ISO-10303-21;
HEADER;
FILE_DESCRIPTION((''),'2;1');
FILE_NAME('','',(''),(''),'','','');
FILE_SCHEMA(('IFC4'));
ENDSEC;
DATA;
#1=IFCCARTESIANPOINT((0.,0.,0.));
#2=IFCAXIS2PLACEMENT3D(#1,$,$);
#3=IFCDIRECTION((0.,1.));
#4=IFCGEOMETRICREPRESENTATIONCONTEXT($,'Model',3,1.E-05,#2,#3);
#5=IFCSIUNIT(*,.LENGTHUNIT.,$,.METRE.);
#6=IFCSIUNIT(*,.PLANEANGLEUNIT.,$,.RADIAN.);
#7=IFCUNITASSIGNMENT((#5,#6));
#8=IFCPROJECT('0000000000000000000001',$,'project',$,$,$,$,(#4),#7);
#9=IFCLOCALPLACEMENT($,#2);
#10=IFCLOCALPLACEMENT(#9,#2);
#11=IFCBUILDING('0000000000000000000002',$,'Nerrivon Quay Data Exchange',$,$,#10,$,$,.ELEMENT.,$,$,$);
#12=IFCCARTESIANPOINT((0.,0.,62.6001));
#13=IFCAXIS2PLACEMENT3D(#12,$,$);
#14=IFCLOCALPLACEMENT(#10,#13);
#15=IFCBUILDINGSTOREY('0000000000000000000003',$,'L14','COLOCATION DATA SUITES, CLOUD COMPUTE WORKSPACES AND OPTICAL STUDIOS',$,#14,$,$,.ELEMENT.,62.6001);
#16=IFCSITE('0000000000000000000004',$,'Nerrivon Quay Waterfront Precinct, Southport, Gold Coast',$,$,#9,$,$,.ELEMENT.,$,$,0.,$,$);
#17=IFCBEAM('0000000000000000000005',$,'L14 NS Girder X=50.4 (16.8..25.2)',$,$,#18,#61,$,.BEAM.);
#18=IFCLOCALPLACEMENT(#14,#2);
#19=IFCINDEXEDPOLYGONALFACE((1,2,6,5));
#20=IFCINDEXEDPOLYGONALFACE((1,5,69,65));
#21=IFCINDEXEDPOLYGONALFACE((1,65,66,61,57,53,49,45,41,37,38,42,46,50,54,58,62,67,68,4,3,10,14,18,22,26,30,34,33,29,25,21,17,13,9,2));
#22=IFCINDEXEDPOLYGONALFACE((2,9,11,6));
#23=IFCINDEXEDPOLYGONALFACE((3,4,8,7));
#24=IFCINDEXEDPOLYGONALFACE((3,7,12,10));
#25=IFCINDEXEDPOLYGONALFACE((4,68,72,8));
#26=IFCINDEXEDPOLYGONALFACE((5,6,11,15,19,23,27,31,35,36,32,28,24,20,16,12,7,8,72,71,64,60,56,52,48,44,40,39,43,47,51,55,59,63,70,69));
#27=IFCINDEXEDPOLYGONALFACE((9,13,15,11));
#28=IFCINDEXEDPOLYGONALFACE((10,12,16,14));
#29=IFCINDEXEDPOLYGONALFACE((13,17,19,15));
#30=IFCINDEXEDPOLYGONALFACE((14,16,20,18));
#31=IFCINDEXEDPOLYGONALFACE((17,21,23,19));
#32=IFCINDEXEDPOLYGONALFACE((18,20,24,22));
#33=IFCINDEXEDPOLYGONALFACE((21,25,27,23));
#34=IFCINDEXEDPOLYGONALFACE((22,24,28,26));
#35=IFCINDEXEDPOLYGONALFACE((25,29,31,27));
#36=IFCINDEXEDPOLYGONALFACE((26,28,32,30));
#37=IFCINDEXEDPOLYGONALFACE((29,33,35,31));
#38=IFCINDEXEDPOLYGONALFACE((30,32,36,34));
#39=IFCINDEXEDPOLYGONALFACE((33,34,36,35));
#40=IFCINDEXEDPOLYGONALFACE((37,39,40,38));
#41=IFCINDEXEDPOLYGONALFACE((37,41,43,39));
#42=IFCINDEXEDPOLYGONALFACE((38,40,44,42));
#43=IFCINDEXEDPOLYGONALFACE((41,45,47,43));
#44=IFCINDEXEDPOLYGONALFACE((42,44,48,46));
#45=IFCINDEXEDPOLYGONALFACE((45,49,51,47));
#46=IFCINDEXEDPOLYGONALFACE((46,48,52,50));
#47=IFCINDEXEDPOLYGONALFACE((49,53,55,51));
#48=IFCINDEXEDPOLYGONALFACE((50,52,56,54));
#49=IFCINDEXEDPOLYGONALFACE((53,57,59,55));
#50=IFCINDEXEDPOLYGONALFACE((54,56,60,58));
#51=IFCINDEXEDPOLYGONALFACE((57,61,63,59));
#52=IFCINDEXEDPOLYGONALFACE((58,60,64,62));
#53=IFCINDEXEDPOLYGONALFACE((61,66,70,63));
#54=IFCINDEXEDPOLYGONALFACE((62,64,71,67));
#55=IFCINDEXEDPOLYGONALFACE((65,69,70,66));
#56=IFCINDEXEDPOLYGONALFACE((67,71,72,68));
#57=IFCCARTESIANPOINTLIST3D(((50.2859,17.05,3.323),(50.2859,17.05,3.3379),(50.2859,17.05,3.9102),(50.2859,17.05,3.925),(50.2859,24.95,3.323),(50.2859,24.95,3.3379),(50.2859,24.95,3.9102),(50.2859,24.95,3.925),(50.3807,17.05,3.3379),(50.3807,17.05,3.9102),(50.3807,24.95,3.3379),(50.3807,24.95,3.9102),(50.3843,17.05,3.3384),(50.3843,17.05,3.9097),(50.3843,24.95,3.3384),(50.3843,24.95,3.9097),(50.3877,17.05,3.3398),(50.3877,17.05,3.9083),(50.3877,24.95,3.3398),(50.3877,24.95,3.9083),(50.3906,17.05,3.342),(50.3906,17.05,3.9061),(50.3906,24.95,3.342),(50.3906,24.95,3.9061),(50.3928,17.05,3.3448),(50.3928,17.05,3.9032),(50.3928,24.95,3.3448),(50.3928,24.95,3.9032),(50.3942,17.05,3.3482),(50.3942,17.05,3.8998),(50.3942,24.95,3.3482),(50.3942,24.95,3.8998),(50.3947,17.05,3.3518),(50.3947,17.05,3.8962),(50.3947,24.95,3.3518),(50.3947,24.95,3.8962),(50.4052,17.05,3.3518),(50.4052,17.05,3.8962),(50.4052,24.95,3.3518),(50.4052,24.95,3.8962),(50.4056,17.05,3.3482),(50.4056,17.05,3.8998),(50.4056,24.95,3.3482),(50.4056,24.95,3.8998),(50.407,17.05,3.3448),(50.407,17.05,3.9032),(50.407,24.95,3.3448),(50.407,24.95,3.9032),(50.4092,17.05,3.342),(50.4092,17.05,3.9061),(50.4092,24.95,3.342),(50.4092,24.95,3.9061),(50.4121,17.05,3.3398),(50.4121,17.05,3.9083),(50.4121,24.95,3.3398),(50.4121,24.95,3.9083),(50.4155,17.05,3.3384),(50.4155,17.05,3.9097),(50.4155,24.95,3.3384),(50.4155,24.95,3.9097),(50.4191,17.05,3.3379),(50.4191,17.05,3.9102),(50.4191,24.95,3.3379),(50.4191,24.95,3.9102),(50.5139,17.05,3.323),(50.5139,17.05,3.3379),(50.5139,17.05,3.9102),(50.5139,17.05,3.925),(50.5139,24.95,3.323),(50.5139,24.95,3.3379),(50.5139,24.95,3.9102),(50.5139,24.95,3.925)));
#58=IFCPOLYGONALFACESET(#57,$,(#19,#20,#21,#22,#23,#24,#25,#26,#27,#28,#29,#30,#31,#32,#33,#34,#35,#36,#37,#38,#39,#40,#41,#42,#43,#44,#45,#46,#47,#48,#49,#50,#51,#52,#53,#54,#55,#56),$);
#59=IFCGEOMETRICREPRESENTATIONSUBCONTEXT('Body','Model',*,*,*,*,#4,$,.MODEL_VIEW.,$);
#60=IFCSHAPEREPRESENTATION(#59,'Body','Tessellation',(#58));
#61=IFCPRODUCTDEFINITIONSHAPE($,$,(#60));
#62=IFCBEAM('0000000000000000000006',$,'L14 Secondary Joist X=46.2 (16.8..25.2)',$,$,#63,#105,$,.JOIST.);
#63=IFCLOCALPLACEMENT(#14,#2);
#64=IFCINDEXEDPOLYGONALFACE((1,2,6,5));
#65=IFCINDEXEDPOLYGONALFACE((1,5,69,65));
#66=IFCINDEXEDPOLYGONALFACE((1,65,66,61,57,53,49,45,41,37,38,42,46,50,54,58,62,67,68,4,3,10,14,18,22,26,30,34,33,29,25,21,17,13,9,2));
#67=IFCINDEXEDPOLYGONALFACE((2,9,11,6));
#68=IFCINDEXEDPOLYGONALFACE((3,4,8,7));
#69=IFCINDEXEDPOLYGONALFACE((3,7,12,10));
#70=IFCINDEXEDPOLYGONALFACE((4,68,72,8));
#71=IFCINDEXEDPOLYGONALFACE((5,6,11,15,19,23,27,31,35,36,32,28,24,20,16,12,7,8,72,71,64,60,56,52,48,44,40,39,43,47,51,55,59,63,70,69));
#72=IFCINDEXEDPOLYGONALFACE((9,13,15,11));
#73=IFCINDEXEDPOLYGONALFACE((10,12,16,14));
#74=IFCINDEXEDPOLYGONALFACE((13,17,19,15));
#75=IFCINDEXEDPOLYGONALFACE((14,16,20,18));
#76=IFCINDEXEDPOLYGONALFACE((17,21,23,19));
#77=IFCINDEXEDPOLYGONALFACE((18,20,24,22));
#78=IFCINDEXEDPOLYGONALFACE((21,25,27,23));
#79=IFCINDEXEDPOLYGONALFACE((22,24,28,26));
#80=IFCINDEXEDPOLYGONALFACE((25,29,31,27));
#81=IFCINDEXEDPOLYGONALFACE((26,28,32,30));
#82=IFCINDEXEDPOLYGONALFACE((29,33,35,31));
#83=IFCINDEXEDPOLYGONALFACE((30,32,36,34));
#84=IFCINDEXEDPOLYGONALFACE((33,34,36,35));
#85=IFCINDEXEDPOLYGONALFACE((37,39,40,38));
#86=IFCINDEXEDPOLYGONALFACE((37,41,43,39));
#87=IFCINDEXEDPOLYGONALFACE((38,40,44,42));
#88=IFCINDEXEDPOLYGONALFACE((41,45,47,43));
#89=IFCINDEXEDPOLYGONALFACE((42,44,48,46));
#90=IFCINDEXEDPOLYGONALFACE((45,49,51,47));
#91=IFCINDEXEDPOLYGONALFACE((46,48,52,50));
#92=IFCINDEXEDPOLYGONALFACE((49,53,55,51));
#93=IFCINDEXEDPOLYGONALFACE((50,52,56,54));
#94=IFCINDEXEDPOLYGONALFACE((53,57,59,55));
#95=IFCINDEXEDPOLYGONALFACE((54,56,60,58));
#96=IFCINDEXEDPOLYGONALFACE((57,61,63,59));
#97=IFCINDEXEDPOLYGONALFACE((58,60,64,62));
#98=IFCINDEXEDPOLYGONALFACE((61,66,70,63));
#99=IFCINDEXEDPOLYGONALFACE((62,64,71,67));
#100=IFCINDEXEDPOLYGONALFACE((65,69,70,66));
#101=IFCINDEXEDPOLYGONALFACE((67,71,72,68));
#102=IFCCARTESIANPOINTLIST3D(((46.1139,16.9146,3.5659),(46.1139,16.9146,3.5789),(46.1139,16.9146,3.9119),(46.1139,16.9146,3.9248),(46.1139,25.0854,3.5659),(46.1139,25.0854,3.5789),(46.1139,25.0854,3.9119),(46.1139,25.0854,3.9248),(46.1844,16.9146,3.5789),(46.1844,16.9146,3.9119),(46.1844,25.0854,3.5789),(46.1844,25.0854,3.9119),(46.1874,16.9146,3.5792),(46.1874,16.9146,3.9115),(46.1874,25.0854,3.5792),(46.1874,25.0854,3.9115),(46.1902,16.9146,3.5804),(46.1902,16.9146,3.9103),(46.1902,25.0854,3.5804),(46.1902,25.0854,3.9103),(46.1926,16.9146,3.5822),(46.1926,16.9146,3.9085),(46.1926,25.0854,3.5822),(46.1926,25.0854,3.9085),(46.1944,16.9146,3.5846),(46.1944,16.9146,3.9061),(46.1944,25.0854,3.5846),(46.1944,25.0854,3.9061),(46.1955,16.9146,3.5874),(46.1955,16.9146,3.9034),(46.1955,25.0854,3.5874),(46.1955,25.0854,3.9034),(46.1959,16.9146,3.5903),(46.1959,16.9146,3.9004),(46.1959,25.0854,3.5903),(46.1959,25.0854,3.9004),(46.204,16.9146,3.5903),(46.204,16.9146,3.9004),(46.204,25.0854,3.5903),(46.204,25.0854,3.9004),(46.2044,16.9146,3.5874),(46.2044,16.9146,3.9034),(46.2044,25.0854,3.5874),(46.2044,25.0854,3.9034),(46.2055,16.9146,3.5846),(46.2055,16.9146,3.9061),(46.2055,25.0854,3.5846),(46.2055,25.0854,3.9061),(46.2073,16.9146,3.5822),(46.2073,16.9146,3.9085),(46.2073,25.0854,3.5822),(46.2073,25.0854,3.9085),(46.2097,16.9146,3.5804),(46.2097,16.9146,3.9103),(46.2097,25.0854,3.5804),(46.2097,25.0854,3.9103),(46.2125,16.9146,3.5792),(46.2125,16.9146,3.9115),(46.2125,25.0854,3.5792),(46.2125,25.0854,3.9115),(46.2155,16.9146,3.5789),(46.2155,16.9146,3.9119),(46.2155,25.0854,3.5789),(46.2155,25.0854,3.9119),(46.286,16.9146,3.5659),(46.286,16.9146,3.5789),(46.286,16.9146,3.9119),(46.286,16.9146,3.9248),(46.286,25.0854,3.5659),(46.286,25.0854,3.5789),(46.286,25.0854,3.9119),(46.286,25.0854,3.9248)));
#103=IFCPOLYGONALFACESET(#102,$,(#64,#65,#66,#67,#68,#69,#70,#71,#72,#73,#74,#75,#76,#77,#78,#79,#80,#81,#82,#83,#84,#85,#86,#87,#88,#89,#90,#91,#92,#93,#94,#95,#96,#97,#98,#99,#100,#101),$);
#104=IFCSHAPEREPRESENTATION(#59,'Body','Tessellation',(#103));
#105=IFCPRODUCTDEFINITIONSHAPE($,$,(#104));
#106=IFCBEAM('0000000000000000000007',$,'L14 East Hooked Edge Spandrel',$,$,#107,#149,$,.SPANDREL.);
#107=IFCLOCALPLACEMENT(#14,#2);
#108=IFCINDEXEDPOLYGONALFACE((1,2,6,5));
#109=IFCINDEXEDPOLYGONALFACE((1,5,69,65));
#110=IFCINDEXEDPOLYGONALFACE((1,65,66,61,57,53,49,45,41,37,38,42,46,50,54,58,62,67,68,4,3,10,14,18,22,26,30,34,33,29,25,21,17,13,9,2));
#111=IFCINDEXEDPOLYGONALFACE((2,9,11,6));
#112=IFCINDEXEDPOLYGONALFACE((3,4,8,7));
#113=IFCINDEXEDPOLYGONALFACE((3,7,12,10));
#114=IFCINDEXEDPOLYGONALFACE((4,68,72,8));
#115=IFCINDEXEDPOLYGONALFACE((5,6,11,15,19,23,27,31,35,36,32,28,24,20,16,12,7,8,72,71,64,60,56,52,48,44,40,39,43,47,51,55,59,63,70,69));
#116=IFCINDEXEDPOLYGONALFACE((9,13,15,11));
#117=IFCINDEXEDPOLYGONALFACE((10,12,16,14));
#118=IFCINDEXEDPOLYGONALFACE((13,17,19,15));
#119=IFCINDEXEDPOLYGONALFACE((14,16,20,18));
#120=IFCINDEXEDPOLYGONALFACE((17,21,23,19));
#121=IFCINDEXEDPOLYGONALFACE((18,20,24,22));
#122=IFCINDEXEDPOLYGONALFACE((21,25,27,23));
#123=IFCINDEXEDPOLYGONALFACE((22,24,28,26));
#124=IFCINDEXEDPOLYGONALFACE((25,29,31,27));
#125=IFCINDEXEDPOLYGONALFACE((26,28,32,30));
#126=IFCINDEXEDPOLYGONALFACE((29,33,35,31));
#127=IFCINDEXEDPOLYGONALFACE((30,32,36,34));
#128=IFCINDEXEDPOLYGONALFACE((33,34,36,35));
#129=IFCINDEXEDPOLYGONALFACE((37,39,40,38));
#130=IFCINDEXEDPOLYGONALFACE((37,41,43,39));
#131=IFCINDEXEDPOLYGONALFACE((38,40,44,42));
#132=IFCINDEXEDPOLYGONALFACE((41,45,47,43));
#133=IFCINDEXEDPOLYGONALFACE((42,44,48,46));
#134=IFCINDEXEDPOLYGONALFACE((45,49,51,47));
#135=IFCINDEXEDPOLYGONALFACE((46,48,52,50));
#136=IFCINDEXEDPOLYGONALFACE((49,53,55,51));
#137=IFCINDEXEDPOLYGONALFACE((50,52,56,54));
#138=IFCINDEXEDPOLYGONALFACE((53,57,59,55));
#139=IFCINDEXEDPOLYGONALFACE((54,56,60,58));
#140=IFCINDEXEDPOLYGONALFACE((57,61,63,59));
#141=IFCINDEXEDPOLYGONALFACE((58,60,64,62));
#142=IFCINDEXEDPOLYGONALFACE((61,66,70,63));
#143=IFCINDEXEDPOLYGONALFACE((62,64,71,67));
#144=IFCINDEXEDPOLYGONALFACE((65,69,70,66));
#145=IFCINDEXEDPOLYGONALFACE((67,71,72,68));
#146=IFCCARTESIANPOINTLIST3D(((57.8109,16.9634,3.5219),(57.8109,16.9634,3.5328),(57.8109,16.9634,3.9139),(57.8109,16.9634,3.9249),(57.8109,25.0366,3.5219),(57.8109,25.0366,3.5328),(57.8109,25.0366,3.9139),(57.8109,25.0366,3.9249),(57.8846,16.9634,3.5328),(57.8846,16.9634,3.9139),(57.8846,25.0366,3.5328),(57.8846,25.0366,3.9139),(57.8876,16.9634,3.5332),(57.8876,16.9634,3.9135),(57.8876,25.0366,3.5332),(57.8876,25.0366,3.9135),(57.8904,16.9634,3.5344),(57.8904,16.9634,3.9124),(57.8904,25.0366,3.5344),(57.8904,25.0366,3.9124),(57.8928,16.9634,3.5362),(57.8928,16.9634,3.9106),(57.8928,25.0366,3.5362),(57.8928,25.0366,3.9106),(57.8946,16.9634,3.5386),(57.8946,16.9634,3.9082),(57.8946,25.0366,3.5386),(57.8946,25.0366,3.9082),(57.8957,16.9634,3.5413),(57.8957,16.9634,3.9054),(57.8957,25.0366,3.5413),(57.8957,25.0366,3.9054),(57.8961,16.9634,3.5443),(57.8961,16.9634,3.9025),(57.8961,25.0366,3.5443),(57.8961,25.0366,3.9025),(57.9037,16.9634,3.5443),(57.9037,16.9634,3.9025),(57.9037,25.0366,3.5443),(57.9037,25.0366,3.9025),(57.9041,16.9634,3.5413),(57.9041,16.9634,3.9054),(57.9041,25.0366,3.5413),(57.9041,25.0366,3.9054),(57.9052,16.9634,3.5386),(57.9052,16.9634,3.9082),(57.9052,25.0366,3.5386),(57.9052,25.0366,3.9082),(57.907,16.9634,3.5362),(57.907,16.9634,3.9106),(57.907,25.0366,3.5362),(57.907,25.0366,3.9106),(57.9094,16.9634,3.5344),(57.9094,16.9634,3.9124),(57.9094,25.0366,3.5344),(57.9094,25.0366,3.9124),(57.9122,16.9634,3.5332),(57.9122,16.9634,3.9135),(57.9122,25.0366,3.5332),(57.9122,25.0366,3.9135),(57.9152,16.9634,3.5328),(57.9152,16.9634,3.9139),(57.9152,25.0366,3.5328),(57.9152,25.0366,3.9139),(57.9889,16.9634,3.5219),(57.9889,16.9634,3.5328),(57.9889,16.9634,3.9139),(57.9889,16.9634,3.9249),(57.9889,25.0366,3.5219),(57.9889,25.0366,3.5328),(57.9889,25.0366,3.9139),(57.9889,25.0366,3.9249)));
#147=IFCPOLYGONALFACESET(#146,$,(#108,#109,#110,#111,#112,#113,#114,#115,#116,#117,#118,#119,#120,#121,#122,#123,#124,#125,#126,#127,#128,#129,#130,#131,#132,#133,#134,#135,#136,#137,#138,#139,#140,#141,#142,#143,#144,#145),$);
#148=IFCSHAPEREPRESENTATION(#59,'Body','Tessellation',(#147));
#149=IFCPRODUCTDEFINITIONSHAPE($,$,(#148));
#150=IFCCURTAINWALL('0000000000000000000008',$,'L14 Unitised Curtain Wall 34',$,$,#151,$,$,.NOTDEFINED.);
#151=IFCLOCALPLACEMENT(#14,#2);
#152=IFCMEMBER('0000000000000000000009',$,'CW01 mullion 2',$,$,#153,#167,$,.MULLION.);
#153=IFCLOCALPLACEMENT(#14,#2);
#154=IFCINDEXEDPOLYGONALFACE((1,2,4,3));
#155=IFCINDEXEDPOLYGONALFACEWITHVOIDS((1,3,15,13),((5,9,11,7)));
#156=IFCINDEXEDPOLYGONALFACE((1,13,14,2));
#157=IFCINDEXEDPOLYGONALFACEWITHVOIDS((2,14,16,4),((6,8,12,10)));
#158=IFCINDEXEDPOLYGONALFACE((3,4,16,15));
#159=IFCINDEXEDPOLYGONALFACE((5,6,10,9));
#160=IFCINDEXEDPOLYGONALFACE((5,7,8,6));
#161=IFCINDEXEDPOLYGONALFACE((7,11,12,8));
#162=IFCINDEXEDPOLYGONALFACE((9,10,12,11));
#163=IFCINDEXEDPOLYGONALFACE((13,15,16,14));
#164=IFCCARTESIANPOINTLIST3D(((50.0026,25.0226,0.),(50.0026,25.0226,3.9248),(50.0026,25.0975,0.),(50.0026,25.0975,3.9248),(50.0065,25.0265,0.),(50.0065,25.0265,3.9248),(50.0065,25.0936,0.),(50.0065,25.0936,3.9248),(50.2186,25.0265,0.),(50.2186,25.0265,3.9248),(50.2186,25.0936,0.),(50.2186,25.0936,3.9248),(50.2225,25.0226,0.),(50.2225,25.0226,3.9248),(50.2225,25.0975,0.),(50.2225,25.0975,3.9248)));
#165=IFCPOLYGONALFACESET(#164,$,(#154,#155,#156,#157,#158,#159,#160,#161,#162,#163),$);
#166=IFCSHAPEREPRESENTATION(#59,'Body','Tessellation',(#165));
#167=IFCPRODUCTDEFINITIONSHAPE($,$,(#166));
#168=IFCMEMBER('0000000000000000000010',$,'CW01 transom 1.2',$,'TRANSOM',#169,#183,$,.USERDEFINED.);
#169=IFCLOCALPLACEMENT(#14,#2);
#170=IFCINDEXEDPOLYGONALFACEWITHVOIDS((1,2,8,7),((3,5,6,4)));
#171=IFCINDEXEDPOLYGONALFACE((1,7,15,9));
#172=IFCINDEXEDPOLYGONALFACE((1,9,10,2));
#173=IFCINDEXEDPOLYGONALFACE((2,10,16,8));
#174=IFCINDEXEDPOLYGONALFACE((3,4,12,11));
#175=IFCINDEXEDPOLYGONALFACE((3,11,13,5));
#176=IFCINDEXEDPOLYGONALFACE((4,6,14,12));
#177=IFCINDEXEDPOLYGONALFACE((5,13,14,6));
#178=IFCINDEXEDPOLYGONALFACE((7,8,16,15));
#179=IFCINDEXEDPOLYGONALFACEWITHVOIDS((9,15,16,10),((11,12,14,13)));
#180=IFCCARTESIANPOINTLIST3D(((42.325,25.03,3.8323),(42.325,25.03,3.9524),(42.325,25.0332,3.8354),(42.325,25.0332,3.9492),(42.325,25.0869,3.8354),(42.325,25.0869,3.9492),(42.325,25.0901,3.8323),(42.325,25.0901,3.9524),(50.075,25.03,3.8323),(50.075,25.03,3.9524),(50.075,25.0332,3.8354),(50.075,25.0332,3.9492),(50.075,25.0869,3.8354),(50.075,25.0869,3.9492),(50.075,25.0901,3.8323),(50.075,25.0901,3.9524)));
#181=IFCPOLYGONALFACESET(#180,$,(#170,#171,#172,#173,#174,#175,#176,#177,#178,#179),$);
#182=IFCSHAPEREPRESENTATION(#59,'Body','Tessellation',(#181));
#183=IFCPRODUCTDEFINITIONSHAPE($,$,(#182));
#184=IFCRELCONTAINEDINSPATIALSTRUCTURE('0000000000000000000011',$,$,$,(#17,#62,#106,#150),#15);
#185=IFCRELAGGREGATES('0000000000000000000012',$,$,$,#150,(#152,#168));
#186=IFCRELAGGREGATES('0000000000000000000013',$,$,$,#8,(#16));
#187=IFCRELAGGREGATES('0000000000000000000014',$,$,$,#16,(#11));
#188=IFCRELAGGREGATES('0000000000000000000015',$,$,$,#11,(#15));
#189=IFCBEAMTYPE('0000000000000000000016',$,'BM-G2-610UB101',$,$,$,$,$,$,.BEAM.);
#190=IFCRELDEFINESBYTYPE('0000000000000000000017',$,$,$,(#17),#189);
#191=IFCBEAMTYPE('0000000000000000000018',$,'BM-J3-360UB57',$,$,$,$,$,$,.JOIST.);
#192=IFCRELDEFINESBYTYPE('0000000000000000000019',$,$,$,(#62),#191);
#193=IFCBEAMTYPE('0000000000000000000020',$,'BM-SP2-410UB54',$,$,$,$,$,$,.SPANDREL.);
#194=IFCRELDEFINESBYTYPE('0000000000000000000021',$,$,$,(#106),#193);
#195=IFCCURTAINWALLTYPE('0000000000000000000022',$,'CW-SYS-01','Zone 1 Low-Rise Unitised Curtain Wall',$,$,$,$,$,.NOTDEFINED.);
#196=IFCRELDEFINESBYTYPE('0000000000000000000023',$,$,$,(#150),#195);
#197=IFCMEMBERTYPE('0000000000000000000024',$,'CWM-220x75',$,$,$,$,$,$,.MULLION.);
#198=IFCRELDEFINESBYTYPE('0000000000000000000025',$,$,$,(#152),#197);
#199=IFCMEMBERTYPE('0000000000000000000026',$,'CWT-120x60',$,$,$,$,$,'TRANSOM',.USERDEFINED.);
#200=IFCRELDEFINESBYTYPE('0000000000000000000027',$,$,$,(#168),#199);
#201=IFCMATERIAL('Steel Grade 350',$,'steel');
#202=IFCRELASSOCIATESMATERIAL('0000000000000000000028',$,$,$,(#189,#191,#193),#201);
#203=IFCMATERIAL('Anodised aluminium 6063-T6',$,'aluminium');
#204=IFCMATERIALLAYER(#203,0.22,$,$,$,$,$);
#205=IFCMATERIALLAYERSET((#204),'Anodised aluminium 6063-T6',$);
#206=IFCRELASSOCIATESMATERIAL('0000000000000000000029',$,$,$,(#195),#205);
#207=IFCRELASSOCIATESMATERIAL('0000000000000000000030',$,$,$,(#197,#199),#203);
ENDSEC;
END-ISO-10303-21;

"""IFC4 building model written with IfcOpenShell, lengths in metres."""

from ifc_helpers import new_model, si_unit, direction, frame, origin, origin_2d, place, context, subcontext, project, spatial, hollow_rectangle, i_section, extrude, material, layer, layer_set, material_profile, profile_set, type_object, element, aggregate, save


model = new_model("IFC4")

# Units and contexts
model_context = context("Model", 3, precision=1e-05, world=origin(), true_north=direction((0.0, 1.0)))
body_context = subcontext(model_context, "Body", "Model", "MODEL_VIEW")
ifc_project = project(units=[si_unit("LENGTHUNIT", "METRE"), si_unit("PLANEANGLEUNIT", "RADIAN")], contexts=[model_context])

# Site, building, storey
site_placement = place(None, origin())
site = spatial("IfcSite", under=ifc_project, at=site_placement, Name="Nerrivon Quay Waterfront Precinct, Southport, Gold Coast", CompositionType="ELEMENT", RefElevation=0.0)
building_placement = place(site_placement, origin())
building = spatial("IfcBuilding", under=site, at=building_placement, Name="Nerrivon Quay Data Exchange", CompositionType="ELEMENT")
storey_placement = place(building_placement, frame((0.0, 0.0, 62.6001)))
storey = spatial("IfcBuildingStorey", under=building, at=storey_placement, Name="L14", Description="COLOCATION DATA SUITES, CLOUD COMPUTE WORKSPACES AND OPTICAL STUDIOS", CompositionType="ELEMENT", Elevation=62.6001)

# Shared definitions
ifc_material_1 = material(Name="Steel Grade 350", Category="steel")

# Beams
ifc_material_profile_1 = material_profile(ifc_material_1, i_section(OverallWidth=0.228, OverallDepth=0.6021, WebThickness=0.0105, FlangeThickness=0.0149, FilletRadius=0.0139, at=origin_2d()), Name="610UB101")
ifc_profile_set_1 = profile_set([ifc_material_profile_1], Name="Steel Grade 350")
beam_type_1 = type_object("IfcBeamType", Name="BM-G2-610UB101", PredefinedType="BEAM", material=ifc_profile_set_1)
beam_1_placement = place(storey_placement, frame((50.3999, 17.05, 3.624), z_axis=(0.0, 1.0, 0.0), x_axis=(-1.0, 0.0, 0.0)))
element("IfcBeam", 1, at=beam_1_placement, inside=storey, type_object=beam_type_1, Name="L14 NS Girder X=50.4 (16.8..25.2)", PredefinedType="BEAM", context=body_context, shape_type="SweptSolid", body=[
    extrude(i_section(OverallWidth=0.228, OverallDepth=0.6021, WebThickness=0.0105, FlangeThickness=0.0149, FilletRadius=0.0139, at=origin_2d()), origin(), (0.0, 0.0, 1.0), 7.8999),
])
ifc_material_profile_2 = material_profile(ifc_material_1, i_section(OverallWidth=0.1721, OverallDepth=0.3589, WebThickness=0.0081, FlangeThickness=0.0129, FilletRadius=0.0115, at=origin_2d()), Name="360UB56.7")
ifc_profile_set_2 = profile_set([ifc_material_profile_2], Name="Steel Grade 350")
beam_type_2 = type_object("IfcBeamType", Name="BM-J3-360UB57", PredefinedType="JOIST", material=ifc_profile_set_2)
beam_2_placement = place(storey_placement, frame((46.2, 16.9146, 3.7454), z_axis=(0.0, 1.0, 0.0), x_axis=(-1.0, 0.0, 0.0)))
element("IfcBeam", 2, at=beam_2_placement, inside=storey, type_object=beam_type_2, Name="L14 Secondary Joist X=46.2 (16.8..25.2)", PredefinedType="JOIST", context=body_context, shape_type="SweptSolid", body=[
    extrude(i_section(OverallWidth=0.1721, OverallDepth=0.3589, WebThickness=0.0081, FlangeThickness=0.0129, FilletRadius=0.0115, at=origin_2d()), origin(), (0.0, 0.0, 1.0), 8.1709),
])
ifc_material_profile_3 = material_profile(ifc_material_1, i_section(OverallWidth=0.178, OverallDepth=0.4031, WebThickness=0.0076, FlangeThickness=0.011, FilletRadius=0.0115, at=origin_2d()), Name="410UB53.7")
ifc_profile_set_3 = profile_set([ifc_material_profile_3], Name="Steel Grade 350")
beam_type_3 = type_object("IfcBeamType", Name="BM-SP2-410UB54", PredefinedType="SPANDREL", material=ifc_profile_set_3)
beam_3_placement = place(storey_placement, frame((57.8999, 16.9634, 3.7234), z_axis=(0.0, 1.0, 0.0), x_axis=(-1.0, 0.0, 0.0)))
element("IfcBeam", 3, at=beam_3_placement, inside=storey, type_object=beam_type_3, Name="L14 East Hooked Edge Spandrel", PredefinedType="SPANDREL", context=body_context, shape_type="SweptSolid", body=[
    extrude(i_section(OverallWidth=0.178, OverallDepth=0.4031, WebThickness=0.0076, FlangeThickness=0.011, FilletRadius=0.0115, at=origin_2d()), origin(), (0.0, 0.0, 1.0), 8.0732),
])

# Curtain wall, members
ifc_material_2 = material(Name="Anodised aluminium 6063-T6", Category="aluminium")
ifc_layer_1 = layer(ifc_material_2, 0.22)
ifc_layer_set_1 = layer_set([ifc_layer_1], Name="Anodised aluminium 6063-T6")
curtain_wall_type = type_object("IfcCurtainWallType", Name="CW-SYS-01", Description="Zone 1 Low-Rise Unitised Curtain Wall", PredefinedType="NOTDEFINED", material=ifc_layer_set_1)
curtain_wall_placement = place(storey_placement, origin())
curtain_wall = element("IfcCurtainWall", 4, at=curtain_wall_placement, inside=storey, type_object=curtain_wall_type, Name="L14 Unitised Curtain Wall 34", PredefinedType="NOTDEFINED")
ifc_material_profile_4 = material_profile(ifc_material_2, hollow_rectangle(XDim=0.075, YDim=0.22, WallThickness=0.0039, at=origin_2d()), Name="ALU-MULL-220x75")
ifc_profile_set_4 = profile_set([ifc_material_profile_4], Name="Anodised aluminium 6063-T6")
member_type_1 = type_object("IfcMemberType", Name="CWM-220x75", PredefinedType="MULLION", material=ifc_profile_set_4)
member_1_placement = place(storey_placement, frame((50.1125, 25.0601, 0.0), z_axis=(0.0, 0.0, 1.0), x_axis=(0.0, 1.0, 0.0)))
member_1 = element("IfcMember", 5, at=member_1_placement, type_object=member_type_1, Name="CW01 mullion 2", PredefinedType="MULLION", context=body_context, shape_type="SweptSolid", body=[
    extrude(hollow_rectangle(XDim=0.075, YDim=0.22, WallThickness=0.0039, at=origin_2d()), origin(), (0.0, 0.0, 1.0), 3.9248),
])
ifc_material_profile_5 = material_profile(ifc_material_2, hollow_rectangle(XDim=0.0601, YDim=0.1201, WallThickness=0.0032, at=origin_2d()), Name="ALU-TRAN-120x60")
ifc_profile_set_5 = profile_set([ifc_material_profile_5], Name="Anodised aluminium 6063-T6")
member_type_2 = type_object("IfcMemberType", Name="CWT-120x60", ElementType="TRANSOM", PredefinedType="USERDEFINED", material=ifc_profile_set_5)
member_2_placement = place(storey_placement, frame((42.325, 25.0601, 3.8923), z_axis=(1.0, 0.0, 0.0), x_axis=(0.0, 1.0, 0.0)))
member_2 = element("IfcMember", 6, at=member_2_placement, type_object=member_type_2, Name="CW01 transom 1.2", ObjectType="TRANSOM", PredefinedType="USERDEFINED", context=body_context, shape_type="SweptSolid", body=[
    extrude(hollow_rectangle(XDim=0.0601, YDim=0.1201, WallThickness=0.0032, at=origin_2d()), origin(), (0.0, 0.0, 1.0), 7.75),
])

aggregate(curtain_wall, [member_1, member_2])

save(model, "model.ifc")
